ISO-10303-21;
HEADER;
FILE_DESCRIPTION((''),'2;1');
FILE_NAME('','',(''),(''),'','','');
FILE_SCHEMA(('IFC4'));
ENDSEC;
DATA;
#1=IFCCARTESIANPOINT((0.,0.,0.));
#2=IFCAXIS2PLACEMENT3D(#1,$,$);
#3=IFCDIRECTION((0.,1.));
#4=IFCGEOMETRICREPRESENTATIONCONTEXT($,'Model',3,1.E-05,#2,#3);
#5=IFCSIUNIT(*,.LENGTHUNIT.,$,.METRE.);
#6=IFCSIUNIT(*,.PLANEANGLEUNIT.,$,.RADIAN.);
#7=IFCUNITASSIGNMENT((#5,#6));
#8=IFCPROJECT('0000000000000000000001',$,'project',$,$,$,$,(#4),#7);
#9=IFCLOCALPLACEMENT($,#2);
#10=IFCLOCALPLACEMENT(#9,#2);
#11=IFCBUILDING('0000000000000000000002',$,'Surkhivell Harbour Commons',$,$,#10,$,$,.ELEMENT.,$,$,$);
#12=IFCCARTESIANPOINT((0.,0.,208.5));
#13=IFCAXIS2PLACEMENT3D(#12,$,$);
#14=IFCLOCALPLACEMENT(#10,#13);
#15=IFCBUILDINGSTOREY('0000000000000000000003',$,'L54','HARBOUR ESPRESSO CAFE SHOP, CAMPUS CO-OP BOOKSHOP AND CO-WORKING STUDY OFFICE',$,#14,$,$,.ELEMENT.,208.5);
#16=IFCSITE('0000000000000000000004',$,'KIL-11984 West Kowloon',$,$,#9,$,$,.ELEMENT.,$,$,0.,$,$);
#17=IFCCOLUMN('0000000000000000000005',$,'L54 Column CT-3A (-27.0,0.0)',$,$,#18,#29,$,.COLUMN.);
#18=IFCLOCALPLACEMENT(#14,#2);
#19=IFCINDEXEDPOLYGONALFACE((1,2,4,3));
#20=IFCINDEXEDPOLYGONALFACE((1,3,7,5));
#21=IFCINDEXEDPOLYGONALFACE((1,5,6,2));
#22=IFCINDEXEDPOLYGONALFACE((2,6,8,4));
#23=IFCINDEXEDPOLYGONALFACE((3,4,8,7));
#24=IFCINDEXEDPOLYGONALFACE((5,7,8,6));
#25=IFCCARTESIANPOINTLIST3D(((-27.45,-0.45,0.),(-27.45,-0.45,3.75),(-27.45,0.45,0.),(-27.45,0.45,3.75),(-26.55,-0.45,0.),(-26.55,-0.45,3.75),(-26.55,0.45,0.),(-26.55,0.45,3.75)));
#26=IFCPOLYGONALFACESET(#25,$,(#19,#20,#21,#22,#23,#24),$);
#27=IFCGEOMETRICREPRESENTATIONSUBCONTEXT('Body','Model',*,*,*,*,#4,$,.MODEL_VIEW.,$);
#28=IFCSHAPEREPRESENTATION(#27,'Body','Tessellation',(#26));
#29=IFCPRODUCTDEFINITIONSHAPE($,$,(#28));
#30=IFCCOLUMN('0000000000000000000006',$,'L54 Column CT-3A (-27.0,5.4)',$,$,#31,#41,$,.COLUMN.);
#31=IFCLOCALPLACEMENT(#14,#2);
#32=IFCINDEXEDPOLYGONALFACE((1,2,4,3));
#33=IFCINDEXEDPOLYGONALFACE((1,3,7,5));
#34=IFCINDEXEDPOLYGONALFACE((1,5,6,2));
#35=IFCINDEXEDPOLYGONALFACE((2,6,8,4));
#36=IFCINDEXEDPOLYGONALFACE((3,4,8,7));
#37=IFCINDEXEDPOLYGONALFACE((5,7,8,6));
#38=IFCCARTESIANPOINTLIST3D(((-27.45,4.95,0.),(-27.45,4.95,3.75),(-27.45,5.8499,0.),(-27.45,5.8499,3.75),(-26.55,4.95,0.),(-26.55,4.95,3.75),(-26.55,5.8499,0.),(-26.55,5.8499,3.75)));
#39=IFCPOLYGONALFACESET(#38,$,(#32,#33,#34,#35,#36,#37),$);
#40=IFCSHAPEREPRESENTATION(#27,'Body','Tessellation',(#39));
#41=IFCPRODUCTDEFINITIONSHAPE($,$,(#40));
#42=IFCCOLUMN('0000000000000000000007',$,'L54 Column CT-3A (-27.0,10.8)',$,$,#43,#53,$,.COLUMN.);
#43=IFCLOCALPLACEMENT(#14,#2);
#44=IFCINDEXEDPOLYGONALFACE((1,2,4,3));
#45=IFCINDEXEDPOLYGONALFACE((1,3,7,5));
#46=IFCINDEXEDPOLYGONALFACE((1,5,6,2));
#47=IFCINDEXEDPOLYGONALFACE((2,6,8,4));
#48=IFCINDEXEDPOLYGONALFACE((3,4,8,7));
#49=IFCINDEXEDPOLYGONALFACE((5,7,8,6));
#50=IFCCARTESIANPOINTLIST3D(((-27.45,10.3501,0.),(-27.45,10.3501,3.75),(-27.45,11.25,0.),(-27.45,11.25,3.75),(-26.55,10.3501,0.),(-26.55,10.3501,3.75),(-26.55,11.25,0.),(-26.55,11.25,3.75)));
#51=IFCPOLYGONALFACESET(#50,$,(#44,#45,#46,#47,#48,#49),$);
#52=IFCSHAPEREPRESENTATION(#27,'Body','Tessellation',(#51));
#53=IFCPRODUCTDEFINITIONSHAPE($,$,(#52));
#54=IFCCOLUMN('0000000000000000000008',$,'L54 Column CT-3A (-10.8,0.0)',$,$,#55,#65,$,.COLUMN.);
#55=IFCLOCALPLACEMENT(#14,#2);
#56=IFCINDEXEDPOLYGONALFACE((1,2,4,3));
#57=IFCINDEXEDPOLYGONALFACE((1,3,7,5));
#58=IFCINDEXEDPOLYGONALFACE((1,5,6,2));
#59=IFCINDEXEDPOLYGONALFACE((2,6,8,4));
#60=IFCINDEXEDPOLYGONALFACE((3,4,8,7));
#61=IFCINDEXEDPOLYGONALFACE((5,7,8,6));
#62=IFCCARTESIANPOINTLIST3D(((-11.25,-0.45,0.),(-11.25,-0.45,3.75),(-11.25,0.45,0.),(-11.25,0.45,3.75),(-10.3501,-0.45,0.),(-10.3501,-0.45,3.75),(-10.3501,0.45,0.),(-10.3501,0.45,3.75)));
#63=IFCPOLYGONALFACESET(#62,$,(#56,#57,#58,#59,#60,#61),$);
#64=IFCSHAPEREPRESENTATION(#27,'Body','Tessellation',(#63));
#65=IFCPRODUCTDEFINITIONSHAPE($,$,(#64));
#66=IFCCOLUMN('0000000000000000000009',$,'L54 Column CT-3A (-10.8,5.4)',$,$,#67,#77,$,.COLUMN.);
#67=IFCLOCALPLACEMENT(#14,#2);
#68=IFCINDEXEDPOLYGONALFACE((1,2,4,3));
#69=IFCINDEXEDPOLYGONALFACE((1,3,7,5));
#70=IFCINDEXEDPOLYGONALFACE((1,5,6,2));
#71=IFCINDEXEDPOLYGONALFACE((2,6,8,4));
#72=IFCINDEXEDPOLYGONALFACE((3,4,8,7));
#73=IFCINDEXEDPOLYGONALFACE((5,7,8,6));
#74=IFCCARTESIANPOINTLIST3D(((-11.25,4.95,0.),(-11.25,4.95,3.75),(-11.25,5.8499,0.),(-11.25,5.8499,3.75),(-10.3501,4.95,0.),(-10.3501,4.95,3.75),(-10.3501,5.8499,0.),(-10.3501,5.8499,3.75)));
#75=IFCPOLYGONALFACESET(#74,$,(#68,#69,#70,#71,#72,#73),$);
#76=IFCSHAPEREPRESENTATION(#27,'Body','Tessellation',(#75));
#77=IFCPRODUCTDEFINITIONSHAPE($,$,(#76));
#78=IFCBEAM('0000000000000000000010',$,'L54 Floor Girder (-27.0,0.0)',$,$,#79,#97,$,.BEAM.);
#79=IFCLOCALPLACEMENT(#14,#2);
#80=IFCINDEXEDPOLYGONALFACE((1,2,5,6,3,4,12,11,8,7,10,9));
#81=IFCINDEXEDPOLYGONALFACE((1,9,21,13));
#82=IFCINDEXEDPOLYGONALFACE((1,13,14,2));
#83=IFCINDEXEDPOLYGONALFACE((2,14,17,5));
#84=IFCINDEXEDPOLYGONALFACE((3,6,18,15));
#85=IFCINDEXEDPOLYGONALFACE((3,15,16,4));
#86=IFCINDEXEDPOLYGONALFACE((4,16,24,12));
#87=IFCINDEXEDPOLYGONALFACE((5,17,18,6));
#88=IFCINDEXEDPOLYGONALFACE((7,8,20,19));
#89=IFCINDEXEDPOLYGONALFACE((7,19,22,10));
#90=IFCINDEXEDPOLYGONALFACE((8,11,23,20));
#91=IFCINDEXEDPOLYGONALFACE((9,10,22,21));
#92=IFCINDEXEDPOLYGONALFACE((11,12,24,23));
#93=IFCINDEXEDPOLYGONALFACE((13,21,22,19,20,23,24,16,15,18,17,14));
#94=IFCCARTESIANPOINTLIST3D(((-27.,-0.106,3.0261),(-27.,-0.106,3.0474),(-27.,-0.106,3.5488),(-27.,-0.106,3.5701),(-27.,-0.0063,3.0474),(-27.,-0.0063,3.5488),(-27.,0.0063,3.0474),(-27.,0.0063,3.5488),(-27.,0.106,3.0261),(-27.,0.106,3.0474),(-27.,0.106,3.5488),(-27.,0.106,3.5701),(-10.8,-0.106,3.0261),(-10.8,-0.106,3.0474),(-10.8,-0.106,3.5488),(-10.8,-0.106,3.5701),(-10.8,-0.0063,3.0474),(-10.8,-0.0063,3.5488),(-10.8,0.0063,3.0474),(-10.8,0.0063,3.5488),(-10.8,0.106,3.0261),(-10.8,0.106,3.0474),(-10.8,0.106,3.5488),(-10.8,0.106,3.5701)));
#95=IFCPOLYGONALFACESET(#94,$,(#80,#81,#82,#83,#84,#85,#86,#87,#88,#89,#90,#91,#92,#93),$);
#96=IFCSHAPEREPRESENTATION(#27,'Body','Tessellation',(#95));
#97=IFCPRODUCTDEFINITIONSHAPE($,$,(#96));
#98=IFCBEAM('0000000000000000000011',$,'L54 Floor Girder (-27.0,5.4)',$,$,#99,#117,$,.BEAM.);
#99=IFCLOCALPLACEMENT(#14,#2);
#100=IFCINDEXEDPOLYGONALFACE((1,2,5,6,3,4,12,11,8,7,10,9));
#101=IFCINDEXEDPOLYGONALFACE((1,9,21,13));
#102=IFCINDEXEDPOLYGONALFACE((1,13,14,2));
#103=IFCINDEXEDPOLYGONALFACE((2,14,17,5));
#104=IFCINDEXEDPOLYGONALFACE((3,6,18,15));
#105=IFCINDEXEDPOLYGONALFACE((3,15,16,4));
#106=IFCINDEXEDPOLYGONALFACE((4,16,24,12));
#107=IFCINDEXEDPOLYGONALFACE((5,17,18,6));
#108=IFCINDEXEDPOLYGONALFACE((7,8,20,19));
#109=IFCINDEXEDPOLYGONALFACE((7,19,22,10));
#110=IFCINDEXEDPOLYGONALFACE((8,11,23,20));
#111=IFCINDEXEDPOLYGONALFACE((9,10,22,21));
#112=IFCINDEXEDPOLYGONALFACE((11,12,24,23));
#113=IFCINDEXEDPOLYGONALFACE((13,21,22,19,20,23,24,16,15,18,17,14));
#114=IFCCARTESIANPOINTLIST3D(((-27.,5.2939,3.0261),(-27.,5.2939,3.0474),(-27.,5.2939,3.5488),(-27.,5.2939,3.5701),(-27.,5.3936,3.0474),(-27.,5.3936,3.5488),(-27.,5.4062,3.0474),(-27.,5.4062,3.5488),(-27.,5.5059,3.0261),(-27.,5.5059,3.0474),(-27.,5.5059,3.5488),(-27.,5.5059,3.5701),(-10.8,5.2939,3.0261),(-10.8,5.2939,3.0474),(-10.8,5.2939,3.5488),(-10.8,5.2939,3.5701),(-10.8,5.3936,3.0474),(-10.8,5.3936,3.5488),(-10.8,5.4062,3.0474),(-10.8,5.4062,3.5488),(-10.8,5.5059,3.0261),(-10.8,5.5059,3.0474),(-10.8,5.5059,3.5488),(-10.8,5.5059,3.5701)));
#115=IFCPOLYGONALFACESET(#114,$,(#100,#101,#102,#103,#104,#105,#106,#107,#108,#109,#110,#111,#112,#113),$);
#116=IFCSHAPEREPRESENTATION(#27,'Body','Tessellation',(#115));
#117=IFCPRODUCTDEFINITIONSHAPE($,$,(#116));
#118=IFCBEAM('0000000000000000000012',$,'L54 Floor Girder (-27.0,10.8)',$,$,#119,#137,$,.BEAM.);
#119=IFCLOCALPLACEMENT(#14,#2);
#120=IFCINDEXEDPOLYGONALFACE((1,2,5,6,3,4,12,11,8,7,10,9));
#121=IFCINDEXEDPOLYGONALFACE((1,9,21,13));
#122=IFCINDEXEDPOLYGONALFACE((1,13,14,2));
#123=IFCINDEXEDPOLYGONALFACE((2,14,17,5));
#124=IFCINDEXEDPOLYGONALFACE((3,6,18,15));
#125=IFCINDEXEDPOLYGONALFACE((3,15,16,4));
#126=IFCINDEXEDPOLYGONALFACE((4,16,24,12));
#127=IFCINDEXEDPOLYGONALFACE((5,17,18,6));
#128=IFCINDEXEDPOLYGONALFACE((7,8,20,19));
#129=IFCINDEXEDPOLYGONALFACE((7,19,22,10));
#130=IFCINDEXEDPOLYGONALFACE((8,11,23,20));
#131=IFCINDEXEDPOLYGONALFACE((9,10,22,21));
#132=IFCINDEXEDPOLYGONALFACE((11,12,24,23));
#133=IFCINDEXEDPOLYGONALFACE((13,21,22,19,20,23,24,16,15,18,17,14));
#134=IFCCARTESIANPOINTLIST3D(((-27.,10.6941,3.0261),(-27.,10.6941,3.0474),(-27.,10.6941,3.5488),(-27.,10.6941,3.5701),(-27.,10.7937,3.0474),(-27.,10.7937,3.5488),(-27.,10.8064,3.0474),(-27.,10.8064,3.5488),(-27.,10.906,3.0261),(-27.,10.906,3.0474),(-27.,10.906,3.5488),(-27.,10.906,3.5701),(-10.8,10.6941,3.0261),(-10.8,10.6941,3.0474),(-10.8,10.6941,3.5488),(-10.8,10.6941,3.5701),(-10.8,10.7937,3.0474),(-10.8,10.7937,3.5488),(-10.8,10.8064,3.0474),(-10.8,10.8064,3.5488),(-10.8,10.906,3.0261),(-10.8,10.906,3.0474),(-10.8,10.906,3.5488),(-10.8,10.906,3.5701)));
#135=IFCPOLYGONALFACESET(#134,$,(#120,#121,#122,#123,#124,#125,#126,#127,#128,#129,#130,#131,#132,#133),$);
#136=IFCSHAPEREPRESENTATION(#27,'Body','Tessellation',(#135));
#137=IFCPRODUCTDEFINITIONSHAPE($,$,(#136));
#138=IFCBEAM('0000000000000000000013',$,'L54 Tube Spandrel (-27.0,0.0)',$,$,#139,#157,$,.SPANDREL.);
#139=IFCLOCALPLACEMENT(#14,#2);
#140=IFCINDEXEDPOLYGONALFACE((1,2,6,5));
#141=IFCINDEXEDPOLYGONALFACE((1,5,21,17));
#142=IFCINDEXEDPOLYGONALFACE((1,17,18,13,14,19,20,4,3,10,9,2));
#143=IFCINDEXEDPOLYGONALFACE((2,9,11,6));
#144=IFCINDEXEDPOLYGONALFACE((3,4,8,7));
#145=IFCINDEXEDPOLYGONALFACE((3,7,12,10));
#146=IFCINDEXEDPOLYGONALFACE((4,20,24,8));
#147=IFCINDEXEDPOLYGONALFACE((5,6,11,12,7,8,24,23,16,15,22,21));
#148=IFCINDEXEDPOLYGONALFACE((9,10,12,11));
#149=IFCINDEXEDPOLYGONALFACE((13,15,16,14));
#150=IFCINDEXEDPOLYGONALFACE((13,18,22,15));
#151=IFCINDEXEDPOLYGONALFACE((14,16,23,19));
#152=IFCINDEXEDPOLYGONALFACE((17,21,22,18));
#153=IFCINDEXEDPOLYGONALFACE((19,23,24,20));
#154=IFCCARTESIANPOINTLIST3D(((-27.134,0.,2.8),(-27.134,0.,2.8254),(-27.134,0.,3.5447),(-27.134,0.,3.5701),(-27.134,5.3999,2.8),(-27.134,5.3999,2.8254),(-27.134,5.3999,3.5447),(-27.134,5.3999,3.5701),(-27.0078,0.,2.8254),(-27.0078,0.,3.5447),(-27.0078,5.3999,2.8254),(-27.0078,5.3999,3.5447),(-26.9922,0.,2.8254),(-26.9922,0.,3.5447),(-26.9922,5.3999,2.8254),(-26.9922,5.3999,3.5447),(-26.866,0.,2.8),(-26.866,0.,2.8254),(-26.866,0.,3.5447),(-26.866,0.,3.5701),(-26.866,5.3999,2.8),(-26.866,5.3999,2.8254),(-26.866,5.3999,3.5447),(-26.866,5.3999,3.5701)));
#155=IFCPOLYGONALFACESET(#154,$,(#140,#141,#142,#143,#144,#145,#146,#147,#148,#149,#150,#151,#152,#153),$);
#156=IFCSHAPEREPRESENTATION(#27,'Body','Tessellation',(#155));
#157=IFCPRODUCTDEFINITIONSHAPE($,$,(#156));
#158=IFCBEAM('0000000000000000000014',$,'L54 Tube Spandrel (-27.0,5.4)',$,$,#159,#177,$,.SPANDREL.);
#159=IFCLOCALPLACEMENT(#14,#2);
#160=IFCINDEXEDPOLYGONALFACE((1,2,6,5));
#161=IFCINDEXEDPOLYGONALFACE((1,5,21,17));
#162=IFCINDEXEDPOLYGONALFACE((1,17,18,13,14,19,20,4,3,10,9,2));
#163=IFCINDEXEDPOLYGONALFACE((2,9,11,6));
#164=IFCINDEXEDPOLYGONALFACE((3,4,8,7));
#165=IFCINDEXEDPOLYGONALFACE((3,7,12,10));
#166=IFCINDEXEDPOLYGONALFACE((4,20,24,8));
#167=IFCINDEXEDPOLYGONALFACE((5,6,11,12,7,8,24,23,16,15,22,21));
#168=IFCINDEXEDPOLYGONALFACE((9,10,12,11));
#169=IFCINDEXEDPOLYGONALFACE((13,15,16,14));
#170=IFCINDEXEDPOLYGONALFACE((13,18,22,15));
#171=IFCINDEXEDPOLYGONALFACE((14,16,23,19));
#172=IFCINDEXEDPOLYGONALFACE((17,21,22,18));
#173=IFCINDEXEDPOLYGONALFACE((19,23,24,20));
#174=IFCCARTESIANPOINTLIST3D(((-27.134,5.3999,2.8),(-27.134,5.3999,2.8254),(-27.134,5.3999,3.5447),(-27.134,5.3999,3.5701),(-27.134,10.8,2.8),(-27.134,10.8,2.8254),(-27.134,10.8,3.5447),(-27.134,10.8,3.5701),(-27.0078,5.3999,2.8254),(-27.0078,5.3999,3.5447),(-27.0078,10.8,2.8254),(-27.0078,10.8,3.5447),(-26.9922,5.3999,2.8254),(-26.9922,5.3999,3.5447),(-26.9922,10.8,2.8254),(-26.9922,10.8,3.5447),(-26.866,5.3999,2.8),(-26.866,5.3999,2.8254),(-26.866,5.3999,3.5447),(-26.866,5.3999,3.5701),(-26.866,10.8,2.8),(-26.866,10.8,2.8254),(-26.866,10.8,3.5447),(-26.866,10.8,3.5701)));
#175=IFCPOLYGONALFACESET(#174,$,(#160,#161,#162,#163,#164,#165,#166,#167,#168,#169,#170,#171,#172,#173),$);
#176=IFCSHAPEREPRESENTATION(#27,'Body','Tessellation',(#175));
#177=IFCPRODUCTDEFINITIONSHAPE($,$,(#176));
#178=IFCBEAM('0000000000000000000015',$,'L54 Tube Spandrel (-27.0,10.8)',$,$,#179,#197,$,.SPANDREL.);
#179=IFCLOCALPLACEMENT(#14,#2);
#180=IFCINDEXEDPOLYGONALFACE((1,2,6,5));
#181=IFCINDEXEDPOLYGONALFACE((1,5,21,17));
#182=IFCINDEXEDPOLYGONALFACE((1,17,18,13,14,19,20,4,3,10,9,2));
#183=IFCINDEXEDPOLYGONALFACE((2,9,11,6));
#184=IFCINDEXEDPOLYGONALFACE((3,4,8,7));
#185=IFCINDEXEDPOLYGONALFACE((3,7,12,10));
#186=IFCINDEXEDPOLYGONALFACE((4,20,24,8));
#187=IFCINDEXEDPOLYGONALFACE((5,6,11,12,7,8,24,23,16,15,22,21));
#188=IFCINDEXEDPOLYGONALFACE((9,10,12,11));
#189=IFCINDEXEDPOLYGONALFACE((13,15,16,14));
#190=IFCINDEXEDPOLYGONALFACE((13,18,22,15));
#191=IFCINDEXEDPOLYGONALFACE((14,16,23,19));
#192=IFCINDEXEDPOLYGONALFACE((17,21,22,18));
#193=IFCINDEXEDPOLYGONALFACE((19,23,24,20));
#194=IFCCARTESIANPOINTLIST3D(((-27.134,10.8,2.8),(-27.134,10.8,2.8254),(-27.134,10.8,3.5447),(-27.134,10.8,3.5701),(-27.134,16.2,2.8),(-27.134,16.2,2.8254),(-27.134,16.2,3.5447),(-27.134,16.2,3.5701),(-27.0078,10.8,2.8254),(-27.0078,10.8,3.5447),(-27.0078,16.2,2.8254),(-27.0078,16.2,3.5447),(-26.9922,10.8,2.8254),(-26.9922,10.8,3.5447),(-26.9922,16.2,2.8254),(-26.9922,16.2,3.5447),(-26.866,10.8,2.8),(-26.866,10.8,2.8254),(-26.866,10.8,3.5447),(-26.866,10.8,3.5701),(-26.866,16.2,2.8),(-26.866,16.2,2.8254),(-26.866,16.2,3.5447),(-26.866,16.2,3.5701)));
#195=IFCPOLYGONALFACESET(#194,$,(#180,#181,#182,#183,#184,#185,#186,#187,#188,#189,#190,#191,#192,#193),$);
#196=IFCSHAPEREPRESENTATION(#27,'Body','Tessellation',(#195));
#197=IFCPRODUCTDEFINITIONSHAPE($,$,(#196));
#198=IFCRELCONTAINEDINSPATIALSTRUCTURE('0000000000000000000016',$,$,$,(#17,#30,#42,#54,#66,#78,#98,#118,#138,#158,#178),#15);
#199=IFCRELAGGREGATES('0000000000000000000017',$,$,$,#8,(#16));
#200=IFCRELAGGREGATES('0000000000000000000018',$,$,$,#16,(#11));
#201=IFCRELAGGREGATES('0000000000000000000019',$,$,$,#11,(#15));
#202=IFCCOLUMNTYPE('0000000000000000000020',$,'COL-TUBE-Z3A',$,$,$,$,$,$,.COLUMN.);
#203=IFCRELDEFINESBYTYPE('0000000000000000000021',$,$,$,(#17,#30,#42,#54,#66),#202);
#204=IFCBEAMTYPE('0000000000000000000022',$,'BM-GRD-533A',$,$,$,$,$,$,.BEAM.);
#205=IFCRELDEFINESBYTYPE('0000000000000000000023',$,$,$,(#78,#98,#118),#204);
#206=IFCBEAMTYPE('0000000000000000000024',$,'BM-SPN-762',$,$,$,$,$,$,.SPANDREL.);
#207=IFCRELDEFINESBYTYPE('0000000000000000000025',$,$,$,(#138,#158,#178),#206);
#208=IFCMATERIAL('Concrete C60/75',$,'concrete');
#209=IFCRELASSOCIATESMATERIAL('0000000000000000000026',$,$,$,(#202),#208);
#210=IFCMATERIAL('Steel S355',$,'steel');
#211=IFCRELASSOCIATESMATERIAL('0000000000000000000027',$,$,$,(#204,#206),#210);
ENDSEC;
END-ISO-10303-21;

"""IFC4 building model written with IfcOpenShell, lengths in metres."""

from ifc_helpers import new_model, si_unit, direction, frame, origin, origin_2d, place, context, subcontext, project, spatial, rectangle, i_section, extrude, material, material_profile, profile_set, type_object, element, save


model = new_model("IFC4")

# Units and contexts
model_context = context("Model", 3, precision=1e-05, world=origin(), true_north=direction((0.0, 1.0)))
body_context = subcontext(model_context, "Body", "Model", "MODEL_VIEW")
ifc_project = project(units=[si_unit("LENGTHUNIT", "METRE"), si_unit("PLANEANGLEUNIT", "RADIAN")], contexts=[model_context])

# Site, building, storey
site_placement = place(None, origin())
site = spatial("IfcSite", under=ifc_project, at=site_placement, Name="KIL-11984 West Kowloon", CompositionType="ELEMENT", RefElevation=0.0)
building_placement = place(site_placement, origin())
building = spatial("IfcBuilding", under=site, at=building_placement, Name="Surkhivell Harbour Commons", CompositionType="ELEMENT")
storey_placement = place(building_placement, frame((0.0, 0.0, 208.5)))
storey = spatial("IfcBuildingStorey", under=building, at=storey_placement, Name="L54", Description="HARBOUR ESPRESSO CAFE SHOP, CAMPUS CO-OP BOOKSHOP AND CO-WORKING STUDY OFFICE", CompositionType="ELEMENT", Elevation=208.5)

# Columns
ifc_material_1 = material(Name="Concrete C60/75", Category="concrete")
ifc_material_profile_1 = material_profile(ifc_material_1, rectangle(XDim=0.8999, YDim=0.8999, at=origin_2d()), Name="RC-COL-900x900")
ifc_profile_set_1 = profile_set([ifc_material_profile_1], Name="Concrete C60/75")
column_type = type_object("IfcColumnType", Name="COL-TUBE-Z3A", PredefinedType="COLUMN", material=ifc_profile_set_1)
for number, where, z_axis, x_axis, name in (
    (1, (-27.0, 0.0, 0.0), (0.0, 0.0, 1.0), (1.0, 0.0, 0.0), "L54 Column CT-3A (-27.0,0.0)"),
    (2, (-27.0, 5.3999, 0.0), (0.0, 0.0, 1.0), (1.0, 0.0, 0.0), "L54 Column CT-3A (-27.0,5.4)"),
    (3, (-27.0, 10.8, 0.0), (0.0, 0.0, 1.0), (1.0, 0.0, 0.0), "L54 Column CT-3A (-27.0,10.8)"),
    (4, (-10.8, 0.0, 0.0), (0.0, 0.0, 1.0), (1.0, 0.0, 0.0), "L54 Column CT-3A (-10.8,0.0)"),
    (5, (-10.8, 5.3999, 0.0), (0.0, 0.0, 1.0), (1.0, 0.0, 0.0), "L54 Column CT-3A (-10.8,5.4)"),
):
    element("IfcColumn", number, at=place(storey_placement, frame(where, z_axis=z_axis, x_axis=x_axis)), inside=storey, type_object=column_type, Name=name, PredefinedType="COLUMN", context=body_context, shape_type="SweptSolid", body=[
        extrude(rectangle(XDim=0.8999, YDim=0.8999, at=origin_2d()), origin(), (0.0, 0.0, 1.0), 3.75),
    ])

# Beams
ifc_material_2 = material(Name="Steel S355", Category="steel")
ifc_material_profile_2 = material_profile(ifc_material_2, i_section(OverallWidth=0.2119, OverallDepth=0.5439, WebThickness=0.0127, FlangeThickness=0.0212, at=origin_2d()), Name="UB533x210x122")
ifc_profile_set_2 = profile_set([ifc_material_profile_2], Name="Steel S355")
beam_type_1 = type_object("IfcBeamType", Name="BM-GRD-533A", PredefinedType="BEAM", material=ifc_profile_set_2)
for number, where, z_axis, x_axis, name in (
    (6, (-27.0, 0.0, 3.2981), (1.0, 0.0, 0.0), (0.0, 1.0, 0.0), "L54 Floor Girder (-27.0,0.0)"),
    (7, (-27.0, 5.3999, 3.2981), (1.0, 0.0, 0.0), (0.0, 1.0, 0.0), "L54 Floor Girder (-27.0,5.4)"),
    (8, (-27.0, 10.8, 3.2981), (1.0, 0.0, 0.0), (0.0, 1.0, 0.0), "L54 Floor Girder (-27.0,10.8)"),
):
    element("IfcBeam", number, at=place(storey_placement, frame(where, z_axis=z_axis, x_axis=x_axis)), inside=storey, type_object=beam_type_1, Name=name, PredefinedType="BEAM", context=body_context, shape_type="SweptSolid", body=[
        extrude(i_section(OverallWidth=0.2119, OverallDepth=0.5439, WebThickness=0.0127, FlangeThickness=0.0212, at=origin_2d()), origin(), (0.0, 0.0, 1.0), 16.2),
    ])
ifc_material_profile_3 = material_profile(ifc_material_2, i_section(OverallWidth=0.2681, OverallDepth=0.77, WebThickness=0.0156, FlangeThickness=0.0254, at=origin_2d()), Name="UB762x267x197")
ifc_profile_set_3 = profile_set([ifc_material_profile_3], Name="Steel S355")
beam_type_2 = type_object("IfcBeamType", Name="BM-SPN-762", PredefinedType="SPANDREL", material=ifc_profile_set_3)
beam_1_placement = place(storey_placement, frame((-27.0, 0.0, 3.1851), z_axis=(0.0, 1.0, 0.0), x_axis=(-1.0, 0.0, 0.0)))
element("IfcBeam", 9, at=beam_1_placement, inside=storey, type_object=beam_type_2, Name="L54 Tube Spandrel (-27.0,0.0)", PredefinedType="SPANDREL", context=body_context, shape_type="SweptSolid", body=[
    extrude(i_section(OverallWidth=0.2681, OverallDepth=0.77, WebThickness=0.0156, FlangeThickness=0.0254, at=origin_2d()), origin(), (0.0, 0.0, 1.0), 5.3999),
])
beam_2_placement = place(storey_placement, frame((-27.0, 5.3999, 3.1851), z_axis=(0.0, 1.0, 0.0), x_axis=(-1.0, 0.0, 0.0)))
element("IfcBeam", 10, at=beam_2_placement, inside=storey, type_object=beam_type_2, Name="L54 Tube Spandrel (-27.0,5.4)", PredefinedType="SPANDREL", context=body_context, shape_type="SweptSolid", body=[
    extrude(i_section(OverallWidth=0.2681, OverallDepth=0.77, WebThickness=0.0156, FlangeThickness=0.0254, at=origin_2d()), origin(), (0.0, 0.0, 1.0), 5.4001),
])
beam_3_placement = place(storey_placement, frame((-27.0, 10.8, 3.1851), z_axis=(0.0, 1.0, 0.0), x_axis=(-1.0, 0.0, 0.0)))
element("IfcBeam", 11, at=beam_3_placement, inside=storey, type_object=beam_type_2, Name="L54 Tube Spandrel (-27.0,10.8)", PredefinedType="SPANDREL", context=body_context, shape_type="SweptSolid", body=[
    extrude(i_section(OverallWidth=0.2681, OverallDepth=0.77, WebThickness=0.0156, FlangeThickness=0.0254, at=origin_2d()), origin(), (0.0, 0.0, 1.0), 5.3999),
])

save(model, "model.ifc")
